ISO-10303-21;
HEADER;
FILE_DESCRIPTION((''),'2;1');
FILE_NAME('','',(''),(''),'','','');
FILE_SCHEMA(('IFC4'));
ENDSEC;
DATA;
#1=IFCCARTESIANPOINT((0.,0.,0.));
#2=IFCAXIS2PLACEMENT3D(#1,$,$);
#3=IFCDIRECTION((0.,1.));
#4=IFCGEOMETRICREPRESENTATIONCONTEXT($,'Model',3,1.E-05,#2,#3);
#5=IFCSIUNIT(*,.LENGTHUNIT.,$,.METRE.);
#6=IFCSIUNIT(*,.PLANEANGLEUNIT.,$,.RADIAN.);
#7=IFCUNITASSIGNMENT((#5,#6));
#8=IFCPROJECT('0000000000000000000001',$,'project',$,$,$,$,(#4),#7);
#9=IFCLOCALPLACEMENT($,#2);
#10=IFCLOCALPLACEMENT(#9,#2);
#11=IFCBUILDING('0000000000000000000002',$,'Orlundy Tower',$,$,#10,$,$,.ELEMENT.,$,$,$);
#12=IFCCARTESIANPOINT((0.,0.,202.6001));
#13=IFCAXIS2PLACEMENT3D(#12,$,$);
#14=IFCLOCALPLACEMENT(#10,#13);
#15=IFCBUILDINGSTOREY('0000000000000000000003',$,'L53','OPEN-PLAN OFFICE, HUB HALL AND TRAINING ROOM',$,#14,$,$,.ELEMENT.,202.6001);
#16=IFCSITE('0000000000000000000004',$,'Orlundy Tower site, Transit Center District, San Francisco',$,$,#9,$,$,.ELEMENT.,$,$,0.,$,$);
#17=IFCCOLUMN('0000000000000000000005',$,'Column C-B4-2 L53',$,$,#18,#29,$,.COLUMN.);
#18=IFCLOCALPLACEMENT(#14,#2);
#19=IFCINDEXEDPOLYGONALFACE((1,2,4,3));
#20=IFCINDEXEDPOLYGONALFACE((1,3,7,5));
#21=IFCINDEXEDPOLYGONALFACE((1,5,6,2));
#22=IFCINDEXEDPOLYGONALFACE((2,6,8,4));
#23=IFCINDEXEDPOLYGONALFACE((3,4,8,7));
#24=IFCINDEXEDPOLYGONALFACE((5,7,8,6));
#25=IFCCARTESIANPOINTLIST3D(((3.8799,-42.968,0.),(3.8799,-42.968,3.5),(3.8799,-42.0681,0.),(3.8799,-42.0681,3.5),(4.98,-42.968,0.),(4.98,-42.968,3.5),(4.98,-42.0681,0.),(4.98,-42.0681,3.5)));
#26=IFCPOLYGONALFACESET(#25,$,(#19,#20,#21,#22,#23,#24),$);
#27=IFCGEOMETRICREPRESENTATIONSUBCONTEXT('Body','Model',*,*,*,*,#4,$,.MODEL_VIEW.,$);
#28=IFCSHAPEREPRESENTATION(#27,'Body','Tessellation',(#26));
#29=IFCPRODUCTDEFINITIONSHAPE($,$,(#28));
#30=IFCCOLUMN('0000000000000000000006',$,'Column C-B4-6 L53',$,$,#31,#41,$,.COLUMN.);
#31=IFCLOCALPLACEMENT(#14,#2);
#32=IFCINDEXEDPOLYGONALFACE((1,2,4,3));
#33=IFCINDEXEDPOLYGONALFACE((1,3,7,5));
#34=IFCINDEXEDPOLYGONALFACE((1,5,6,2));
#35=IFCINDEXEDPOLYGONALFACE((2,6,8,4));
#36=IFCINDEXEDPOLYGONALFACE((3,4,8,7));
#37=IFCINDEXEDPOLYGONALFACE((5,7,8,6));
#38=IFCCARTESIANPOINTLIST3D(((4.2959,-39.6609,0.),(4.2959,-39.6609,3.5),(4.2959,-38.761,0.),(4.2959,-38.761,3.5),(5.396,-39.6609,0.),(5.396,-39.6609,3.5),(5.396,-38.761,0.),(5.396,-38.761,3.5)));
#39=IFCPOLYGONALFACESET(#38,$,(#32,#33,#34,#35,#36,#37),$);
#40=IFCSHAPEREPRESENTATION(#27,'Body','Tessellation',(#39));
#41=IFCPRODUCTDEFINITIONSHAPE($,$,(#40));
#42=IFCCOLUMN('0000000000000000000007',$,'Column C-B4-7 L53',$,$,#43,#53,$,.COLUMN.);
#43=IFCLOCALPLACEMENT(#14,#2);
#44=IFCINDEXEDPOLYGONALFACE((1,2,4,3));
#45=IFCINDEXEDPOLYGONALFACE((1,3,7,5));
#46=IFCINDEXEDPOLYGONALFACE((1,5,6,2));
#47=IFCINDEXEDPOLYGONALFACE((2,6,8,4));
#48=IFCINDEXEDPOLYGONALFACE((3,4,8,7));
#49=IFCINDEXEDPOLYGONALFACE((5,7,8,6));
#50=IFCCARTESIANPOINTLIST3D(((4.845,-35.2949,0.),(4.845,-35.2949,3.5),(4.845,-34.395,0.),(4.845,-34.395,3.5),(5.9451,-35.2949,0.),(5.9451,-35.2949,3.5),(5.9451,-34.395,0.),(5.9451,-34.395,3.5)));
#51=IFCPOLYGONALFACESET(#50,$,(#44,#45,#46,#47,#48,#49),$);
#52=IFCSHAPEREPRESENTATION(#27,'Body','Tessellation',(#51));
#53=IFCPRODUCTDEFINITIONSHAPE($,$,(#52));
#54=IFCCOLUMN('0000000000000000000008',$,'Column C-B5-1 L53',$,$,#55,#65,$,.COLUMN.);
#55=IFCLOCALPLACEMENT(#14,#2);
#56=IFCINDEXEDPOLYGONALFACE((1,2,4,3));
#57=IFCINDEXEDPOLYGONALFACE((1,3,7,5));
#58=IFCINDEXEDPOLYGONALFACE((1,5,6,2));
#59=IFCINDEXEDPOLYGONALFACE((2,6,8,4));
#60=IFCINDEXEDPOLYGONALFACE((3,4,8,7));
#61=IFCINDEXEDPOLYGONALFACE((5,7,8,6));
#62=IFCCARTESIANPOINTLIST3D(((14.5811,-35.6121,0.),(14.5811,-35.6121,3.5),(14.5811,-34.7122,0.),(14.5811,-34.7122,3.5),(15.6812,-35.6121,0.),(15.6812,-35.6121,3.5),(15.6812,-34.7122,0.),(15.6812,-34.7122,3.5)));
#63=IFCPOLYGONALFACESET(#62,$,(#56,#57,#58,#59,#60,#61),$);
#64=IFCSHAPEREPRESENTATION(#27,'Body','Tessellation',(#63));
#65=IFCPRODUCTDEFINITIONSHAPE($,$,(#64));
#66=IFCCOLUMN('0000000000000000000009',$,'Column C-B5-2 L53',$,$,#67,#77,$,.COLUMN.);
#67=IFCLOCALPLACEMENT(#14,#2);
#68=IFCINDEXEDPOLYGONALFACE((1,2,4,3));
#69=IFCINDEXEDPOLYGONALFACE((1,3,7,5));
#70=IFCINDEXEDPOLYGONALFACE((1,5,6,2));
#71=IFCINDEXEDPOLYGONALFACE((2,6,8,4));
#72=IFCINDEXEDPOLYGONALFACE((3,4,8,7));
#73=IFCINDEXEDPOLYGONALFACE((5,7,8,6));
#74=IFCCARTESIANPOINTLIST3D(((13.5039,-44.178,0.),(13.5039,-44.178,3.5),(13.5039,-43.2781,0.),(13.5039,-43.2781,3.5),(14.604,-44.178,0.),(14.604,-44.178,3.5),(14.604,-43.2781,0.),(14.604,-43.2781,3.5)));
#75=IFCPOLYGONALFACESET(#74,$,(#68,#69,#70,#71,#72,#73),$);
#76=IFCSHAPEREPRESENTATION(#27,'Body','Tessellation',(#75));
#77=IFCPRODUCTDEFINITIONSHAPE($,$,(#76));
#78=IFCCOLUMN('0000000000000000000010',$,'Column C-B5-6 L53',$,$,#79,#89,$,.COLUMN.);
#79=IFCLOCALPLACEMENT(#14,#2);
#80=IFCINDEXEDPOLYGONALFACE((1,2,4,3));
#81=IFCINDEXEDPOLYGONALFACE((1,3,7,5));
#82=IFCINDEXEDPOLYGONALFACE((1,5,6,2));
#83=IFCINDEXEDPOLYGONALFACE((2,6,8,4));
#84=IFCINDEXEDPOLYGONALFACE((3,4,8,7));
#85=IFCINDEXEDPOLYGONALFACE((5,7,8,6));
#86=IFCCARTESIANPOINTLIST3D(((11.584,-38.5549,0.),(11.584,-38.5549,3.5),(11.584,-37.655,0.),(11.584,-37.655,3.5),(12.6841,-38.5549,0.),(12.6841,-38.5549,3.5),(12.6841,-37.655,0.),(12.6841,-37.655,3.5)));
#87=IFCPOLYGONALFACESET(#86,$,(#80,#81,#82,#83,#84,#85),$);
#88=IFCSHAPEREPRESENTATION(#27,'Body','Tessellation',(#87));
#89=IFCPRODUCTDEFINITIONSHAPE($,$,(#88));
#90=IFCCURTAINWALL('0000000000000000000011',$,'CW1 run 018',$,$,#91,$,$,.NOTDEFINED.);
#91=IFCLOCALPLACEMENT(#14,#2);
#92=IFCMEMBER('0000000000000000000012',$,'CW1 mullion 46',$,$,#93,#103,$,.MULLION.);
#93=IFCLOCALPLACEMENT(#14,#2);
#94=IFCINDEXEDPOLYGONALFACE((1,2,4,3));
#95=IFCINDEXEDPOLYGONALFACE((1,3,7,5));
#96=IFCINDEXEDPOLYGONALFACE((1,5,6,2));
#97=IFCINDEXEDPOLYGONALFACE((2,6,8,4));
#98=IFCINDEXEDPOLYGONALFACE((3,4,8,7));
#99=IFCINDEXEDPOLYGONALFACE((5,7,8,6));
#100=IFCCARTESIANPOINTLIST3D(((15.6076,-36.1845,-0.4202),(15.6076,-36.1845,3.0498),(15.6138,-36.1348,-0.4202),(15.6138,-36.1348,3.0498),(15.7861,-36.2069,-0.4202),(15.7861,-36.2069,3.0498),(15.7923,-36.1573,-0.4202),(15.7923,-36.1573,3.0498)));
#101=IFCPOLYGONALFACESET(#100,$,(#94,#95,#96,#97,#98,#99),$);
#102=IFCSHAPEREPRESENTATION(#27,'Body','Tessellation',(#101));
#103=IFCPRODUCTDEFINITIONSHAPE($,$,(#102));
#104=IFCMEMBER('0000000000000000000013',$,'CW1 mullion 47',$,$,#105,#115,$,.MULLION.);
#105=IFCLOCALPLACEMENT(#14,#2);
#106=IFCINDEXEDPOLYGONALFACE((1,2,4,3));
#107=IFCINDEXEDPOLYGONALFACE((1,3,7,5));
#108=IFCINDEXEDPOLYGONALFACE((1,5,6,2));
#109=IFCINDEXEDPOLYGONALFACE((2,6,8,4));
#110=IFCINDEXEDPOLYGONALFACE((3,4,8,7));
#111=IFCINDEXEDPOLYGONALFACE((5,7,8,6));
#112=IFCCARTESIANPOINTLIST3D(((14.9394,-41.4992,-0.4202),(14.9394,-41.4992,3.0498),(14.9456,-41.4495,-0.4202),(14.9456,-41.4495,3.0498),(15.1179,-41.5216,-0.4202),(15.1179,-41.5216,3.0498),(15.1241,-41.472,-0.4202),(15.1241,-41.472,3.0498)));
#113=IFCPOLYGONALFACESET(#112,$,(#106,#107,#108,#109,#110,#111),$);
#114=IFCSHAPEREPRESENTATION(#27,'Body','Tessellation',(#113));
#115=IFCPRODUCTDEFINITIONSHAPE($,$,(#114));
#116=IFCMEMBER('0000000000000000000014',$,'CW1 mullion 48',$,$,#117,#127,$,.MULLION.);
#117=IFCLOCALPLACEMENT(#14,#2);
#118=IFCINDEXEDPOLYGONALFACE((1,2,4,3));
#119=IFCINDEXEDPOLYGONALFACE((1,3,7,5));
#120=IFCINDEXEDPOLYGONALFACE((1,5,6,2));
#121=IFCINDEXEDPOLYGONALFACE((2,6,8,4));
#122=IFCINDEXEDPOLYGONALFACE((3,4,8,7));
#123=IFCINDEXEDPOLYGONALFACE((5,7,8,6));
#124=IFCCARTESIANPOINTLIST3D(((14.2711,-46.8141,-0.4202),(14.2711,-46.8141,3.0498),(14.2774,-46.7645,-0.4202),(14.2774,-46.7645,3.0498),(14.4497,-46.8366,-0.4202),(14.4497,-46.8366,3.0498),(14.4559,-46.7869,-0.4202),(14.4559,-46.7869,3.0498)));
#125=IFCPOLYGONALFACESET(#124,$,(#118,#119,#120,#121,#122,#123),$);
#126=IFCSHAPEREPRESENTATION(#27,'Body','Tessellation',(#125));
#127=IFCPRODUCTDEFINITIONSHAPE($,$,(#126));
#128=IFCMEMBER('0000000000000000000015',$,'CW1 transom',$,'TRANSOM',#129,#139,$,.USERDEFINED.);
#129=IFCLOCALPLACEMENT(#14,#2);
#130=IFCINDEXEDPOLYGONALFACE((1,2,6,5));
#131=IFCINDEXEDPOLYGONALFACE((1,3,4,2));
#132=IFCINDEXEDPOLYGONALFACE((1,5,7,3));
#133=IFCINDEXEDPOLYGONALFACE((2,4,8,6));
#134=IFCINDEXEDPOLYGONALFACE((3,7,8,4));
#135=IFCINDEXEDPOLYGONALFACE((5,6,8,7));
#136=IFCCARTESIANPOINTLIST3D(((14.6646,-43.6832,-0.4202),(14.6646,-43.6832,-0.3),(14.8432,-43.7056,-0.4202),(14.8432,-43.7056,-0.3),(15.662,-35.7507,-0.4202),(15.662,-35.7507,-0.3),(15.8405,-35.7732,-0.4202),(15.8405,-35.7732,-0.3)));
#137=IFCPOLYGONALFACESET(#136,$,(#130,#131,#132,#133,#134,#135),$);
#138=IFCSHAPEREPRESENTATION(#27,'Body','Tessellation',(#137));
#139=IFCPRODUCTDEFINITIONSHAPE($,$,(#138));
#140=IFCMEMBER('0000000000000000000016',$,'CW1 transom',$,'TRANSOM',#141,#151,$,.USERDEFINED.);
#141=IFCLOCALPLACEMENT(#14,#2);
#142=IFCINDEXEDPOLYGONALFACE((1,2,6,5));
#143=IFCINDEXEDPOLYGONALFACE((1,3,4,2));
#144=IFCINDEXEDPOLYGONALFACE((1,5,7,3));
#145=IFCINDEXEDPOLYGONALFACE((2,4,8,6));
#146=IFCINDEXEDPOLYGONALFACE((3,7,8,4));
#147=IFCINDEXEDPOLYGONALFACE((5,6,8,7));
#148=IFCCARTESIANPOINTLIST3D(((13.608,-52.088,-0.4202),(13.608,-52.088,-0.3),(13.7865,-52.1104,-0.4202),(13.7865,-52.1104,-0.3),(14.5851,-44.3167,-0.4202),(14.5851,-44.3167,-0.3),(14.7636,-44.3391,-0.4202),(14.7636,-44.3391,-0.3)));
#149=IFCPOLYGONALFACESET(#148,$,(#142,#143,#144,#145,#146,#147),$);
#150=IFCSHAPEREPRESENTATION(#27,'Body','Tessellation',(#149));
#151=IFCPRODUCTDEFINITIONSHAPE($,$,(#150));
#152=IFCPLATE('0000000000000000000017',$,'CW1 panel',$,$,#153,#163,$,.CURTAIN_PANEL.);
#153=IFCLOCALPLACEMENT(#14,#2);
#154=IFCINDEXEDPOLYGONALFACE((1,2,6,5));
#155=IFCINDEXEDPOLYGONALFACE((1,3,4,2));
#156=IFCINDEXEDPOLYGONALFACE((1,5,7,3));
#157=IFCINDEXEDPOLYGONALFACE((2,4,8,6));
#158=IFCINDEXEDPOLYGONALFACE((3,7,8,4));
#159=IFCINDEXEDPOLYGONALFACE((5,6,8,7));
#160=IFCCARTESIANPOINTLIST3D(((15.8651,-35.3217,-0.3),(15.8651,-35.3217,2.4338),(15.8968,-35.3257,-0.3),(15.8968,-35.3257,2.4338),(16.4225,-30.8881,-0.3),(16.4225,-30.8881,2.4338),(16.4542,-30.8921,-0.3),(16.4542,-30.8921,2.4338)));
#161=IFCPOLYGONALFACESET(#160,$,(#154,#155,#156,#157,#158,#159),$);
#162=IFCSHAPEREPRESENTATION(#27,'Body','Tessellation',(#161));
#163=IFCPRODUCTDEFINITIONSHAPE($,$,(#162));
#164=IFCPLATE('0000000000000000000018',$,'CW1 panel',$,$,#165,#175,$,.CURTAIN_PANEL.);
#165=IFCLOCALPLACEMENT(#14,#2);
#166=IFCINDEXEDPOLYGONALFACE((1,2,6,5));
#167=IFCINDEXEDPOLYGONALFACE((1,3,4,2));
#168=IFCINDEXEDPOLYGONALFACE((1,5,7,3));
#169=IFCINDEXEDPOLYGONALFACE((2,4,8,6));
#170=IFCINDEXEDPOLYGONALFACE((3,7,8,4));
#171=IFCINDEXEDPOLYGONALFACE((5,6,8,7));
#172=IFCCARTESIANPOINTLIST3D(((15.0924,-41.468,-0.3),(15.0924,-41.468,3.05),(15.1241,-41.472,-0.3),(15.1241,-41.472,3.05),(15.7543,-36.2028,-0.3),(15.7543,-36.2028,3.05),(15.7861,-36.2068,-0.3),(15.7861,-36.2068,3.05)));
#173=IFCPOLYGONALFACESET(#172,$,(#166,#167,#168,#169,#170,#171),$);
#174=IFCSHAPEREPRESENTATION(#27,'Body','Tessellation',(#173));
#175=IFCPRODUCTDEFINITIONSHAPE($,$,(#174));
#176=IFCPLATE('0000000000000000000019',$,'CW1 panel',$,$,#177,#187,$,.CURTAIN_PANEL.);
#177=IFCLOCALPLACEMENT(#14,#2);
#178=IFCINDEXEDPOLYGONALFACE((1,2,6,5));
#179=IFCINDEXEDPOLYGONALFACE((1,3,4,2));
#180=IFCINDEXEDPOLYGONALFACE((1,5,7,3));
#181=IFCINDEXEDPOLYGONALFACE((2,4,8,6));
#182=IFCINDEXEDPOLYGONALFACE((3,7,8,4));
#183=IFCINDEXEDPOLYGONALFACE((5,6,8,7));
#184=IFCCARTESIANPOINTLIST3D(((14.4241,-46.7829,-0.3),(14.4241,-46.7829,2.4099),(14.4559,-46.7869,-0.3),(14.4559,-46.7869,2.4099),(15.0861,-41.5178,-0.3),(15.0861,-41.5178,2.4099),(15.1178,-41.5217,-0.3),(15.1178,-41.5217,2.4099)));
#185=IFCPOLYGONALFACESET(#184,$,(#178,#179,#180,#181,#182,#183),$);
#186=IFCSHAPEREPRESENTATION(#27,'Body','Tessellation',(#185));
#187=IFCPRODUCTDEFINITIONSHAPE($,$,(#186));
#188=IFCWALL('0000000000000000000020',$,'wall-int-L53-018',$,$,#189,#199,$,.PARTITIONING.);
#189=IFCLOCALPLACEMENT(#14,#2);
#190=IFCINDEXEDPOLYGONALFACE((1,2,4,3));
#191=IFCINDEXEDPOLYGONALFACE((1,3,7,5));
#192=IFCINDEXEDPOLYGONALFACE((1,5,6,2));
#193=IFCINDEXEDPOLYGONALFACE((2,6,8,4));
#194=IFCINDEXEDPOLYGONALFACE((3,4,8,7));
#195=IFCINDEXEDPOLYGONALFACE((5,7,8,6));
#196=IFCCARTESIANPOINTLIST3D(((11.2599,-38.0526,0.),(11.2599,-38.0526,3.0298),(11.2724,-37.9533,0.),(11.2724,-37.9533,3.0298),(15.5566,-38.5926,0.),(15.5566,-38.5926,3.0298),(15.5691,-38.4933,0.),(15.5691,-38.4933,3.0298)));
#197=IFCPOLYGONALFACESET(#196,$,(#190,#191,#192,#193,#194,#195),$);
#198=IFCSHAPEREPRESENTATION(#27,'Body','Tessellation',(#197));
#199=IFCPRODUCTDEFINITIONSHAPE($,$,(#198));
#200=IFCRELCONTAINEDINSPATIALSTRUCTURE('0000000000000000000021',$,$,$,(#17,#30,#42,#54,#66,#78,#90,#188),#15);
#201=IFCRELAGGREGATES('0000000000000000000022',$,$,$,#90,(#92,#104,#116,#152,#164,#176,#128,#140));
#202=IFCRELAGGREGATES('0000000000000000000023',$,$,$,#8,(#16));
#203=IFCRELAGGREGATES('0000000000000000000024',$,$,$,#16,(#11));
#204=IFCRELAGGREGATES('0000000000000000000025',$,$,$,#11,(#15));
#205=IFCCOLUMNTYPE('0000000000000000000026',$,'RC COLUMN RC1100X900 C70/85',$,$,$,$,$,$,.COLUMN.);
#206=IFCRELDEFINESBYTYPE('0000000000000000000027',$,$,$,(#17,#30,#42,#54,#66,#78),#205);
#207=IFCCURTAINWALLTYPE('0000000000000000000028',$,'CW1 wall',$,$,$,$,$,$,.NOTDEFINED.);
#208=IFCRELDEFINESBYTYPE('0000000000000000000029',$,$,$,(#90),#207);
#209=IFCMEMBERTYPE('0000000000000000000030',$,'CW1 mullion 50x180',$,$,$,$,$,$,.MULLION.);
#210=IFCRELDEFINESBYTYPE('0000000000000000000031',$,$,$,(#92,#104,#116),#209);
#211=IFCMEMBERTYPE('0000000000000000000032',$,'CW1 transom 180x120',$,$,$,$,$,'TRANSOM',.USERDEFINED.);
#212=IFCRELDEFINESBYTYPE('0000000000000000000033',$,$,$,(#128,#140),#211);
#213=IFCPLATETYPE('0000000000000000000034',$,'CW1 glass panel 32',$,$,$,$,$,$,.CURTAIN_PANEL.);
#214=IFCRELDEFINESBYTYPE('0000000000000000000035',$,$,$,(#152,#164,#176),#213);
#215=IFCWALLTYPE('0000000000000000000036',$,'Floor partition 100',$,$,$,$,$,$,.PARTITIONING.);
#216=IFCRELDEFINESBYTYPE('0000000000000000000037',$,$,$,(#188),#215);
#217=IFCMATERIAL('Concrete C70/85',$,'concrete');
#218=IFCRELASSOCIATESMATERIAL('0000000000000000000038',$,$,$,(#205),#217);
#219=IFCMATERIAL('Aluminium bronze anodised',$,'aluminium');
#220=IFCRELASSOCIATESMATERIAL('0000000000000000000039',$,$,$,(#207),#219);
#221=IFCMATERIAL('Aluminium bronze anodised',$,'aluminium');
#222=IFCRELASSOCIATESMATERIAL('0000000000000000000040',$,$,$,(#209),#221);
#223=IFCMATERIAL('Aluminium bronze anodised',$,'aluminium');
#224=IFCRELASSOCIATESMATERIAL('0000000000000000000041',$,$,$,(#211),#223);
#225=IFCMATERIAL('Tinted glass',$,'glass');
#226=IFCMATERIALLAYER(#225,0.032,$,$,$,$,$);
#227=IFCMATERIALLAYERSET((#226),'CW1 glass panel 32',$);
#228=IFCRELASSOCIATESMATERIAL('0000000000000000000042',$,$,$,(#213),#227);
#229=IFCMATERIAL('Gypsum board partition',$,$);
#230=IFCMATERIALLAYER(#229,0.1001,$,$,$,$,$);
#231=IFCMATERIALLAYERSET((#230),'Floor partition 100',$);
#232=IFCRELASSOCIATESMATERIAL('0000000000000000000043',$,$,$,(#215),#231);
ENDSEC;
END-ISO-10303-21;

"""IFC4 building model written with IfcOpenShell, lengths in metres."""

from ifc_helpers import new_model, si_unit, direction, frame, frame_2d, origin, origin_2d, place, context, subcontext, project, spatial, rectangle, extrude, material, layer, layer_set, material_profile, profile_set, type_object, element, aggregate, save


model = new_model("IFC4")

# Units and contexts
model_context = context("Model", 3, precision=1e-05, world=origin(), true_north=direction((0.0, 1.0)))
body_context = subcontext(model_context, "Body", "Model", "MODEL_VIEW")
ifc_project = project(units=[si_unit("LENGTHUNIT", "METRE"), si_unit("PLANEANGLEUNIT", "RADIAN")], contexts=[model_context])

# Site, building, storey
site_placement = place(None, origin())
site = spatial("IfcSite", under=ifc_project, at=site_placement, Name="Orlundy Tower site, Transit Center District, San Francisco", CompositionType="ELEMENT", RefElevation=0.0)
building_placement = place(site_placement, origin())
building = spatial("IfcBuilding", under=site, at=building_placement, Name="Orlundy Tower", CompositionType="ELEMENT")
storey_placement = place(building_placement, frame((0.0, 0.0, 202.6001)))
storey = spatial("IfcBuildingStorey", under=building, at=storey_placement, Name="L53", Description="OPEN-PLAN OFFICE, HUB HALL AND TRAINING ROOM", CompositionType="ELEMENT", Elevation=202.6001)

# Columns
ifc_material_1 = material(Name="Concrete C70/85", Category="concrete")
ifc_material_profile_1 = material_profile(ifc_material_1, rectangle(XDim=1.1001, YDim=0.8999, at=origin_2d()), Name="RC1100X900")
ifc_profile_set_1 = profile_set([ifc_material_profile_1], Name="Concrete C70/85")
column_type = type_object("IfcColumnType", Name="RC COLUMN RC1100X900 C70/85", PredefinedType="COLUMN", material=ifc_profile_set_1)
for number, where, z_axis, x_axis, name in (
    (1, (4.4299, -42.5181, 0.0), (0.0, 0.0, 1.0), (1.0, 0.0, 0.0), "Column C-B4-2 L53"),
    (2, (4.8459, -39.2109, 0.0), (0.0, 0.0, 1.0), (1.0, 0.0, 0.0), "Column C-B4-6 L53"),
    (3, (5.395, -34.845, 0.0), (0.0, 0.0, 1.0), (1.0, 0.0, 0.0), "Column C-B4-7 L53"),
    (4, (15.1311, -35.1621, 0.0), (0.0, 0.0, 1.0), (1.0, 0.0, 0.0), "Column C-B5-1 L53"),
    (5, (14.054, -43.728, 0.0), (0.0, 0.0, 1.0), (1.0, 0.0, 0.0), "Column C-B5-2 L53"),
    (6, (12.134, -38.105, 0.0), (0.0, 0.0, 1.0), (1.0, 0.0, 0.0), "Column C-B5-6 L53"),
):
    element("IfcColumn", number, at=place(storey_placement, frame(where, z_axis=z_axis, x_axis=x_axis)), inside=storey, type_object=column_type, Name=name, PredefinedType="COLUMN", context=body_context, shape_type="SweptSolid", body=[
        extrude(rectangle(XDim=1.1001, YDim=0.8999, at=origin_2d()), origin(), (0.0, 0.0, 1.0), 3.5),
    ])

# Curtain wall, members, plates
ifc_material_2 = material(Name="Aluminium bronze anodised", Category="aluminium")
curtain_wall_type = type_object("IfcCurtainWallType", Name="CW1 wall", PredefinedType="NOTDEFINED", material=ifc_material_2)
curtain_wall_placement = place(storey_placement, origin())
curtain_wall = element("IfcCurtainWall", 7, at=curtain_wall_placement, inside=storey, type_object=curtain_wall_type, Name="CW1 run 018", PredefinedType="NOTDEFINED")
ifc_material_3 = material(Name="Aluminium bronze anodised", Category="aluminium")
ifc_material_profile_2 = material_profile(ifc_material_3, rectangle(XDim=0.1799, YDim=0.05, at=origin_2d()), Name="CW1 mullion 50x180")
ifc_profile_set_2 = profile_set([ifc_material_profile_2], Name="Aluminium bronze anodised")
member_type_1 = type_object("IfcMemberType", Name="CW1 mullion 50x180", PredefinedType="MULLION", material=ifc_profile_set_2)
member_1_placement = place(storey_placement, frame((15.7, -36.1709, -0.4202), z_axis=(0.0, 0.0, 1.0), x_axis=(0.992189, -0.124742, 0.0)))
member_1 = element("IfcMember", 8, at=member_1_placement, type_object=member_type_1, Name="CW1 mullion 46", PredefinedType="MULLION", context=body_context, shape_type="SweptSolid", body=[
    extrude(rectangle(XDim=0.1799, YDim=0.05, at=origin_2d()), origin(), (0.0, 0.0, 1.0), 3.47),
])
member_2_placement = place(storey_placement, frame((15.0317, -41.4856, -0.4202), z_axis=(0.0, 0.0, 1.0), x_axis=(0.992189, -0.124742, 0.0)))
member_2 = element("IfcMember", 9, at=member_2_placement, type_object=member_type_1, Name="CW1 mullion 47", PredefinedType="MULLION", context=body_context, shape_type="SweptSolid", body=[
    extrude(rectangle(XDim=0.1799, YDim=0.05, at=origin_2d()), origin(), (0.0, 0.0, 1.0), 3.47),
])
member_3_placement = place(storey_placement, frame((14.3635, -46.8005, -0.4202), z_axis=(0.0, 0.0, 1.0), x_axis=(0.992189, -0.124742, 0.0)))
member_3 = element("IfcMember", 10, at=member_3_placement, type_object=member_type_1, Name="CW1 mullion 48", PredefinedType="MULLION", context=body_context, shape_type="SweptSolid", body=[
    extrude(rectangle(XDim=0.1799, YDim=0.05, at=origin_2d()), origin(), (0.0, 0.0, 1.0), 3.47),
])
ifc_material_4 = material(Name="Aluminium bronze anodised", Category="aluminium")
ifc_material_profile_3 = material_profile(ifc_material_4, rectangle(XDim=0.1799, YDim=0.1201, at=origin_2d()), Name="CW1 transom 180x120")
ifc_profile_set_3 = profile_set([ifc_material_profile_3], Name="Aluminium bronze anodised")
member_type_2 = type_object("IfcMemberType", Name="CW1 transom 180x120", ElementType="TRANSOM", PredefinedType="USERDEFINED", material=ifc_profile_set_3)
member_4_placement = place(storey_placement, frame((15.7512, -35.762, -0.3601), z_axis=(-0.124745, -0.992189, 0.0), x_axis=(0.992189, -0.124745, 0.0)))
member_4 = element("IfcMember", 11, at=member_4_placement, type_object=member_type_2, Name="CW1 transom", ObjectType="TRANSOM", PredefinedType="USERDEFINED", context=body_context, shape_type="SweptSolid", body=[
    extrude(rectangle(XDim=0.1799, YDim=0.1201, at=origin_2d()), origin(), (0.0, 0.0, 1.0), 7.9949),
])
member_5_placement = place(storey_placement, frame((14.6743, -44.3279, -0.3601), z_axis=(-0.124744, -0.992189, 0.0), x_axis=(0.992189, -0.124744, 0.0)))
member_5 = element("IfcMember", 12, at=member_5_placement, type_object=member_type_2, Name="CW1 transom", ObjectType="TRANSOM", PredefinedType="USERDEFINED", context=body_context, shape_type="SweptSolid", body=[
    extrude(rectangle(XDim=0.1799, YDim=0.1201, at=origin_2d()), origin(), (0.0, 0.0, 1.0), 7.8325),
])
ifc_material_5 = material(Name="Tinted glass", Category="glass")
ifc_layer_1 = layer(ifc_material_5, 0.032)
ifc_layer_set_1 = layer_set([ifc_layer_1], Name="CW1 glass panel 32")
plate_type = type_object("IfcPlateType", Name="CW1 glass panel 32", PredefinedType="CURTAIN_PANEL", material=ifc_layer_set_1)
plate_1_placement = place(storey_placement, frame((16.1597, -33.1069, -0.3), z_axis=(0.0, 0.0, 1.0), x_axis=(-0.124742, -0.992189, 0.0)))
plate_1 = element("IfcPlate", 13, at=plate_1_placement, type_object=plate_type, Name="CW1 panel", PredefinedType="CURTAIN_PANEL", context=body_context, shape_type="SweptSolid", body=[
    extrude(rectangle(XDim=4.4685, YDim=0.032, at=origin_2d()), origin(), (0.0, 0.0, 1.0), 2.7339),
])
plate_2_placement = place(storey_placement, frame((15.4392, -38.8374, -0.3), z_axis=(0.0, 0.0, 1.0), x_axis=(-0.124742, -0.992189, 0.0)))
plate_2 = element("IfcPlate", 14, at=plate_2_placement, type_object=plate_type, Name="CW1 panel", PredefinedType="CURTAIN_PANEL", context=body_context, shape_type="SweptSolid", body=[
    extrude(rectangle(XDim=5.3066, YDim=0.032, at=origin_2d()), origin(), (0.0, 0.0, 1.0), 3.3501),
])
plate_3_placement = place(storey_placement, frame((14.771, -44.1523, -0.3), z_axis=(0.0, 0.0, 1.0), x_axis=(-0.124742, -0.992189, 0.0)))
plate_3 = element("IfcPlate", 15, at=plate_3_placement, type_object=plate_type, Name="CW1 panel", PredefinedType="CURTAIN_PANEL", context=body_context, shape_type="SweptSolid", body=[
    extrude(rectangle(XDim=5.3066, YDim=0.032, at=origin_2d()), origin(), (0.0, 0.0, 1.0), 2.71),
])
aggregate(curtain_wall, [member_1, member_2, member_3, plate_1, plate_2, plate_3, member_4, member_5])

# Wall
ifc_material_6 = material(Name="Gypsum board partition")
ifc_layer_2 = layer(ifc_material_6, 0.1001)
ifc_layer_set_2 = layer_set([ifc_layer_2], Name="Floor partition 100")
wall_type_1 = type_object("IfcWallType", Name="Floor partition 100", PredefinedType="PARTITIONING", material=ifc_layer_set_2)
for number, where, z_axis, x_axis, name in (
    (16, (11.2661, -38.0029, 0.0), (0.0, 0.0, 1.0), (0.992194, -0.124701, 0.0), "wall-int-L53-018"),
):
    element("IfcWall", number, at=place(storey_placement, frame(where, z_axis=z_axis, x_axis=x_axis)), inside=storey, type_object=wall_type_1, Name=name, PredefinedType="PARTITIONING", context=body_context, shape_type="SweptSolid", body=[
        extrude(rectangle(XDim=4.3306, YDim=0.1001, at=frame_2d((2.1653, 0.0))), origin(), (0.0, 0.0, 1.0), 3.0298),
    ])

save(model, "model.ifc")
